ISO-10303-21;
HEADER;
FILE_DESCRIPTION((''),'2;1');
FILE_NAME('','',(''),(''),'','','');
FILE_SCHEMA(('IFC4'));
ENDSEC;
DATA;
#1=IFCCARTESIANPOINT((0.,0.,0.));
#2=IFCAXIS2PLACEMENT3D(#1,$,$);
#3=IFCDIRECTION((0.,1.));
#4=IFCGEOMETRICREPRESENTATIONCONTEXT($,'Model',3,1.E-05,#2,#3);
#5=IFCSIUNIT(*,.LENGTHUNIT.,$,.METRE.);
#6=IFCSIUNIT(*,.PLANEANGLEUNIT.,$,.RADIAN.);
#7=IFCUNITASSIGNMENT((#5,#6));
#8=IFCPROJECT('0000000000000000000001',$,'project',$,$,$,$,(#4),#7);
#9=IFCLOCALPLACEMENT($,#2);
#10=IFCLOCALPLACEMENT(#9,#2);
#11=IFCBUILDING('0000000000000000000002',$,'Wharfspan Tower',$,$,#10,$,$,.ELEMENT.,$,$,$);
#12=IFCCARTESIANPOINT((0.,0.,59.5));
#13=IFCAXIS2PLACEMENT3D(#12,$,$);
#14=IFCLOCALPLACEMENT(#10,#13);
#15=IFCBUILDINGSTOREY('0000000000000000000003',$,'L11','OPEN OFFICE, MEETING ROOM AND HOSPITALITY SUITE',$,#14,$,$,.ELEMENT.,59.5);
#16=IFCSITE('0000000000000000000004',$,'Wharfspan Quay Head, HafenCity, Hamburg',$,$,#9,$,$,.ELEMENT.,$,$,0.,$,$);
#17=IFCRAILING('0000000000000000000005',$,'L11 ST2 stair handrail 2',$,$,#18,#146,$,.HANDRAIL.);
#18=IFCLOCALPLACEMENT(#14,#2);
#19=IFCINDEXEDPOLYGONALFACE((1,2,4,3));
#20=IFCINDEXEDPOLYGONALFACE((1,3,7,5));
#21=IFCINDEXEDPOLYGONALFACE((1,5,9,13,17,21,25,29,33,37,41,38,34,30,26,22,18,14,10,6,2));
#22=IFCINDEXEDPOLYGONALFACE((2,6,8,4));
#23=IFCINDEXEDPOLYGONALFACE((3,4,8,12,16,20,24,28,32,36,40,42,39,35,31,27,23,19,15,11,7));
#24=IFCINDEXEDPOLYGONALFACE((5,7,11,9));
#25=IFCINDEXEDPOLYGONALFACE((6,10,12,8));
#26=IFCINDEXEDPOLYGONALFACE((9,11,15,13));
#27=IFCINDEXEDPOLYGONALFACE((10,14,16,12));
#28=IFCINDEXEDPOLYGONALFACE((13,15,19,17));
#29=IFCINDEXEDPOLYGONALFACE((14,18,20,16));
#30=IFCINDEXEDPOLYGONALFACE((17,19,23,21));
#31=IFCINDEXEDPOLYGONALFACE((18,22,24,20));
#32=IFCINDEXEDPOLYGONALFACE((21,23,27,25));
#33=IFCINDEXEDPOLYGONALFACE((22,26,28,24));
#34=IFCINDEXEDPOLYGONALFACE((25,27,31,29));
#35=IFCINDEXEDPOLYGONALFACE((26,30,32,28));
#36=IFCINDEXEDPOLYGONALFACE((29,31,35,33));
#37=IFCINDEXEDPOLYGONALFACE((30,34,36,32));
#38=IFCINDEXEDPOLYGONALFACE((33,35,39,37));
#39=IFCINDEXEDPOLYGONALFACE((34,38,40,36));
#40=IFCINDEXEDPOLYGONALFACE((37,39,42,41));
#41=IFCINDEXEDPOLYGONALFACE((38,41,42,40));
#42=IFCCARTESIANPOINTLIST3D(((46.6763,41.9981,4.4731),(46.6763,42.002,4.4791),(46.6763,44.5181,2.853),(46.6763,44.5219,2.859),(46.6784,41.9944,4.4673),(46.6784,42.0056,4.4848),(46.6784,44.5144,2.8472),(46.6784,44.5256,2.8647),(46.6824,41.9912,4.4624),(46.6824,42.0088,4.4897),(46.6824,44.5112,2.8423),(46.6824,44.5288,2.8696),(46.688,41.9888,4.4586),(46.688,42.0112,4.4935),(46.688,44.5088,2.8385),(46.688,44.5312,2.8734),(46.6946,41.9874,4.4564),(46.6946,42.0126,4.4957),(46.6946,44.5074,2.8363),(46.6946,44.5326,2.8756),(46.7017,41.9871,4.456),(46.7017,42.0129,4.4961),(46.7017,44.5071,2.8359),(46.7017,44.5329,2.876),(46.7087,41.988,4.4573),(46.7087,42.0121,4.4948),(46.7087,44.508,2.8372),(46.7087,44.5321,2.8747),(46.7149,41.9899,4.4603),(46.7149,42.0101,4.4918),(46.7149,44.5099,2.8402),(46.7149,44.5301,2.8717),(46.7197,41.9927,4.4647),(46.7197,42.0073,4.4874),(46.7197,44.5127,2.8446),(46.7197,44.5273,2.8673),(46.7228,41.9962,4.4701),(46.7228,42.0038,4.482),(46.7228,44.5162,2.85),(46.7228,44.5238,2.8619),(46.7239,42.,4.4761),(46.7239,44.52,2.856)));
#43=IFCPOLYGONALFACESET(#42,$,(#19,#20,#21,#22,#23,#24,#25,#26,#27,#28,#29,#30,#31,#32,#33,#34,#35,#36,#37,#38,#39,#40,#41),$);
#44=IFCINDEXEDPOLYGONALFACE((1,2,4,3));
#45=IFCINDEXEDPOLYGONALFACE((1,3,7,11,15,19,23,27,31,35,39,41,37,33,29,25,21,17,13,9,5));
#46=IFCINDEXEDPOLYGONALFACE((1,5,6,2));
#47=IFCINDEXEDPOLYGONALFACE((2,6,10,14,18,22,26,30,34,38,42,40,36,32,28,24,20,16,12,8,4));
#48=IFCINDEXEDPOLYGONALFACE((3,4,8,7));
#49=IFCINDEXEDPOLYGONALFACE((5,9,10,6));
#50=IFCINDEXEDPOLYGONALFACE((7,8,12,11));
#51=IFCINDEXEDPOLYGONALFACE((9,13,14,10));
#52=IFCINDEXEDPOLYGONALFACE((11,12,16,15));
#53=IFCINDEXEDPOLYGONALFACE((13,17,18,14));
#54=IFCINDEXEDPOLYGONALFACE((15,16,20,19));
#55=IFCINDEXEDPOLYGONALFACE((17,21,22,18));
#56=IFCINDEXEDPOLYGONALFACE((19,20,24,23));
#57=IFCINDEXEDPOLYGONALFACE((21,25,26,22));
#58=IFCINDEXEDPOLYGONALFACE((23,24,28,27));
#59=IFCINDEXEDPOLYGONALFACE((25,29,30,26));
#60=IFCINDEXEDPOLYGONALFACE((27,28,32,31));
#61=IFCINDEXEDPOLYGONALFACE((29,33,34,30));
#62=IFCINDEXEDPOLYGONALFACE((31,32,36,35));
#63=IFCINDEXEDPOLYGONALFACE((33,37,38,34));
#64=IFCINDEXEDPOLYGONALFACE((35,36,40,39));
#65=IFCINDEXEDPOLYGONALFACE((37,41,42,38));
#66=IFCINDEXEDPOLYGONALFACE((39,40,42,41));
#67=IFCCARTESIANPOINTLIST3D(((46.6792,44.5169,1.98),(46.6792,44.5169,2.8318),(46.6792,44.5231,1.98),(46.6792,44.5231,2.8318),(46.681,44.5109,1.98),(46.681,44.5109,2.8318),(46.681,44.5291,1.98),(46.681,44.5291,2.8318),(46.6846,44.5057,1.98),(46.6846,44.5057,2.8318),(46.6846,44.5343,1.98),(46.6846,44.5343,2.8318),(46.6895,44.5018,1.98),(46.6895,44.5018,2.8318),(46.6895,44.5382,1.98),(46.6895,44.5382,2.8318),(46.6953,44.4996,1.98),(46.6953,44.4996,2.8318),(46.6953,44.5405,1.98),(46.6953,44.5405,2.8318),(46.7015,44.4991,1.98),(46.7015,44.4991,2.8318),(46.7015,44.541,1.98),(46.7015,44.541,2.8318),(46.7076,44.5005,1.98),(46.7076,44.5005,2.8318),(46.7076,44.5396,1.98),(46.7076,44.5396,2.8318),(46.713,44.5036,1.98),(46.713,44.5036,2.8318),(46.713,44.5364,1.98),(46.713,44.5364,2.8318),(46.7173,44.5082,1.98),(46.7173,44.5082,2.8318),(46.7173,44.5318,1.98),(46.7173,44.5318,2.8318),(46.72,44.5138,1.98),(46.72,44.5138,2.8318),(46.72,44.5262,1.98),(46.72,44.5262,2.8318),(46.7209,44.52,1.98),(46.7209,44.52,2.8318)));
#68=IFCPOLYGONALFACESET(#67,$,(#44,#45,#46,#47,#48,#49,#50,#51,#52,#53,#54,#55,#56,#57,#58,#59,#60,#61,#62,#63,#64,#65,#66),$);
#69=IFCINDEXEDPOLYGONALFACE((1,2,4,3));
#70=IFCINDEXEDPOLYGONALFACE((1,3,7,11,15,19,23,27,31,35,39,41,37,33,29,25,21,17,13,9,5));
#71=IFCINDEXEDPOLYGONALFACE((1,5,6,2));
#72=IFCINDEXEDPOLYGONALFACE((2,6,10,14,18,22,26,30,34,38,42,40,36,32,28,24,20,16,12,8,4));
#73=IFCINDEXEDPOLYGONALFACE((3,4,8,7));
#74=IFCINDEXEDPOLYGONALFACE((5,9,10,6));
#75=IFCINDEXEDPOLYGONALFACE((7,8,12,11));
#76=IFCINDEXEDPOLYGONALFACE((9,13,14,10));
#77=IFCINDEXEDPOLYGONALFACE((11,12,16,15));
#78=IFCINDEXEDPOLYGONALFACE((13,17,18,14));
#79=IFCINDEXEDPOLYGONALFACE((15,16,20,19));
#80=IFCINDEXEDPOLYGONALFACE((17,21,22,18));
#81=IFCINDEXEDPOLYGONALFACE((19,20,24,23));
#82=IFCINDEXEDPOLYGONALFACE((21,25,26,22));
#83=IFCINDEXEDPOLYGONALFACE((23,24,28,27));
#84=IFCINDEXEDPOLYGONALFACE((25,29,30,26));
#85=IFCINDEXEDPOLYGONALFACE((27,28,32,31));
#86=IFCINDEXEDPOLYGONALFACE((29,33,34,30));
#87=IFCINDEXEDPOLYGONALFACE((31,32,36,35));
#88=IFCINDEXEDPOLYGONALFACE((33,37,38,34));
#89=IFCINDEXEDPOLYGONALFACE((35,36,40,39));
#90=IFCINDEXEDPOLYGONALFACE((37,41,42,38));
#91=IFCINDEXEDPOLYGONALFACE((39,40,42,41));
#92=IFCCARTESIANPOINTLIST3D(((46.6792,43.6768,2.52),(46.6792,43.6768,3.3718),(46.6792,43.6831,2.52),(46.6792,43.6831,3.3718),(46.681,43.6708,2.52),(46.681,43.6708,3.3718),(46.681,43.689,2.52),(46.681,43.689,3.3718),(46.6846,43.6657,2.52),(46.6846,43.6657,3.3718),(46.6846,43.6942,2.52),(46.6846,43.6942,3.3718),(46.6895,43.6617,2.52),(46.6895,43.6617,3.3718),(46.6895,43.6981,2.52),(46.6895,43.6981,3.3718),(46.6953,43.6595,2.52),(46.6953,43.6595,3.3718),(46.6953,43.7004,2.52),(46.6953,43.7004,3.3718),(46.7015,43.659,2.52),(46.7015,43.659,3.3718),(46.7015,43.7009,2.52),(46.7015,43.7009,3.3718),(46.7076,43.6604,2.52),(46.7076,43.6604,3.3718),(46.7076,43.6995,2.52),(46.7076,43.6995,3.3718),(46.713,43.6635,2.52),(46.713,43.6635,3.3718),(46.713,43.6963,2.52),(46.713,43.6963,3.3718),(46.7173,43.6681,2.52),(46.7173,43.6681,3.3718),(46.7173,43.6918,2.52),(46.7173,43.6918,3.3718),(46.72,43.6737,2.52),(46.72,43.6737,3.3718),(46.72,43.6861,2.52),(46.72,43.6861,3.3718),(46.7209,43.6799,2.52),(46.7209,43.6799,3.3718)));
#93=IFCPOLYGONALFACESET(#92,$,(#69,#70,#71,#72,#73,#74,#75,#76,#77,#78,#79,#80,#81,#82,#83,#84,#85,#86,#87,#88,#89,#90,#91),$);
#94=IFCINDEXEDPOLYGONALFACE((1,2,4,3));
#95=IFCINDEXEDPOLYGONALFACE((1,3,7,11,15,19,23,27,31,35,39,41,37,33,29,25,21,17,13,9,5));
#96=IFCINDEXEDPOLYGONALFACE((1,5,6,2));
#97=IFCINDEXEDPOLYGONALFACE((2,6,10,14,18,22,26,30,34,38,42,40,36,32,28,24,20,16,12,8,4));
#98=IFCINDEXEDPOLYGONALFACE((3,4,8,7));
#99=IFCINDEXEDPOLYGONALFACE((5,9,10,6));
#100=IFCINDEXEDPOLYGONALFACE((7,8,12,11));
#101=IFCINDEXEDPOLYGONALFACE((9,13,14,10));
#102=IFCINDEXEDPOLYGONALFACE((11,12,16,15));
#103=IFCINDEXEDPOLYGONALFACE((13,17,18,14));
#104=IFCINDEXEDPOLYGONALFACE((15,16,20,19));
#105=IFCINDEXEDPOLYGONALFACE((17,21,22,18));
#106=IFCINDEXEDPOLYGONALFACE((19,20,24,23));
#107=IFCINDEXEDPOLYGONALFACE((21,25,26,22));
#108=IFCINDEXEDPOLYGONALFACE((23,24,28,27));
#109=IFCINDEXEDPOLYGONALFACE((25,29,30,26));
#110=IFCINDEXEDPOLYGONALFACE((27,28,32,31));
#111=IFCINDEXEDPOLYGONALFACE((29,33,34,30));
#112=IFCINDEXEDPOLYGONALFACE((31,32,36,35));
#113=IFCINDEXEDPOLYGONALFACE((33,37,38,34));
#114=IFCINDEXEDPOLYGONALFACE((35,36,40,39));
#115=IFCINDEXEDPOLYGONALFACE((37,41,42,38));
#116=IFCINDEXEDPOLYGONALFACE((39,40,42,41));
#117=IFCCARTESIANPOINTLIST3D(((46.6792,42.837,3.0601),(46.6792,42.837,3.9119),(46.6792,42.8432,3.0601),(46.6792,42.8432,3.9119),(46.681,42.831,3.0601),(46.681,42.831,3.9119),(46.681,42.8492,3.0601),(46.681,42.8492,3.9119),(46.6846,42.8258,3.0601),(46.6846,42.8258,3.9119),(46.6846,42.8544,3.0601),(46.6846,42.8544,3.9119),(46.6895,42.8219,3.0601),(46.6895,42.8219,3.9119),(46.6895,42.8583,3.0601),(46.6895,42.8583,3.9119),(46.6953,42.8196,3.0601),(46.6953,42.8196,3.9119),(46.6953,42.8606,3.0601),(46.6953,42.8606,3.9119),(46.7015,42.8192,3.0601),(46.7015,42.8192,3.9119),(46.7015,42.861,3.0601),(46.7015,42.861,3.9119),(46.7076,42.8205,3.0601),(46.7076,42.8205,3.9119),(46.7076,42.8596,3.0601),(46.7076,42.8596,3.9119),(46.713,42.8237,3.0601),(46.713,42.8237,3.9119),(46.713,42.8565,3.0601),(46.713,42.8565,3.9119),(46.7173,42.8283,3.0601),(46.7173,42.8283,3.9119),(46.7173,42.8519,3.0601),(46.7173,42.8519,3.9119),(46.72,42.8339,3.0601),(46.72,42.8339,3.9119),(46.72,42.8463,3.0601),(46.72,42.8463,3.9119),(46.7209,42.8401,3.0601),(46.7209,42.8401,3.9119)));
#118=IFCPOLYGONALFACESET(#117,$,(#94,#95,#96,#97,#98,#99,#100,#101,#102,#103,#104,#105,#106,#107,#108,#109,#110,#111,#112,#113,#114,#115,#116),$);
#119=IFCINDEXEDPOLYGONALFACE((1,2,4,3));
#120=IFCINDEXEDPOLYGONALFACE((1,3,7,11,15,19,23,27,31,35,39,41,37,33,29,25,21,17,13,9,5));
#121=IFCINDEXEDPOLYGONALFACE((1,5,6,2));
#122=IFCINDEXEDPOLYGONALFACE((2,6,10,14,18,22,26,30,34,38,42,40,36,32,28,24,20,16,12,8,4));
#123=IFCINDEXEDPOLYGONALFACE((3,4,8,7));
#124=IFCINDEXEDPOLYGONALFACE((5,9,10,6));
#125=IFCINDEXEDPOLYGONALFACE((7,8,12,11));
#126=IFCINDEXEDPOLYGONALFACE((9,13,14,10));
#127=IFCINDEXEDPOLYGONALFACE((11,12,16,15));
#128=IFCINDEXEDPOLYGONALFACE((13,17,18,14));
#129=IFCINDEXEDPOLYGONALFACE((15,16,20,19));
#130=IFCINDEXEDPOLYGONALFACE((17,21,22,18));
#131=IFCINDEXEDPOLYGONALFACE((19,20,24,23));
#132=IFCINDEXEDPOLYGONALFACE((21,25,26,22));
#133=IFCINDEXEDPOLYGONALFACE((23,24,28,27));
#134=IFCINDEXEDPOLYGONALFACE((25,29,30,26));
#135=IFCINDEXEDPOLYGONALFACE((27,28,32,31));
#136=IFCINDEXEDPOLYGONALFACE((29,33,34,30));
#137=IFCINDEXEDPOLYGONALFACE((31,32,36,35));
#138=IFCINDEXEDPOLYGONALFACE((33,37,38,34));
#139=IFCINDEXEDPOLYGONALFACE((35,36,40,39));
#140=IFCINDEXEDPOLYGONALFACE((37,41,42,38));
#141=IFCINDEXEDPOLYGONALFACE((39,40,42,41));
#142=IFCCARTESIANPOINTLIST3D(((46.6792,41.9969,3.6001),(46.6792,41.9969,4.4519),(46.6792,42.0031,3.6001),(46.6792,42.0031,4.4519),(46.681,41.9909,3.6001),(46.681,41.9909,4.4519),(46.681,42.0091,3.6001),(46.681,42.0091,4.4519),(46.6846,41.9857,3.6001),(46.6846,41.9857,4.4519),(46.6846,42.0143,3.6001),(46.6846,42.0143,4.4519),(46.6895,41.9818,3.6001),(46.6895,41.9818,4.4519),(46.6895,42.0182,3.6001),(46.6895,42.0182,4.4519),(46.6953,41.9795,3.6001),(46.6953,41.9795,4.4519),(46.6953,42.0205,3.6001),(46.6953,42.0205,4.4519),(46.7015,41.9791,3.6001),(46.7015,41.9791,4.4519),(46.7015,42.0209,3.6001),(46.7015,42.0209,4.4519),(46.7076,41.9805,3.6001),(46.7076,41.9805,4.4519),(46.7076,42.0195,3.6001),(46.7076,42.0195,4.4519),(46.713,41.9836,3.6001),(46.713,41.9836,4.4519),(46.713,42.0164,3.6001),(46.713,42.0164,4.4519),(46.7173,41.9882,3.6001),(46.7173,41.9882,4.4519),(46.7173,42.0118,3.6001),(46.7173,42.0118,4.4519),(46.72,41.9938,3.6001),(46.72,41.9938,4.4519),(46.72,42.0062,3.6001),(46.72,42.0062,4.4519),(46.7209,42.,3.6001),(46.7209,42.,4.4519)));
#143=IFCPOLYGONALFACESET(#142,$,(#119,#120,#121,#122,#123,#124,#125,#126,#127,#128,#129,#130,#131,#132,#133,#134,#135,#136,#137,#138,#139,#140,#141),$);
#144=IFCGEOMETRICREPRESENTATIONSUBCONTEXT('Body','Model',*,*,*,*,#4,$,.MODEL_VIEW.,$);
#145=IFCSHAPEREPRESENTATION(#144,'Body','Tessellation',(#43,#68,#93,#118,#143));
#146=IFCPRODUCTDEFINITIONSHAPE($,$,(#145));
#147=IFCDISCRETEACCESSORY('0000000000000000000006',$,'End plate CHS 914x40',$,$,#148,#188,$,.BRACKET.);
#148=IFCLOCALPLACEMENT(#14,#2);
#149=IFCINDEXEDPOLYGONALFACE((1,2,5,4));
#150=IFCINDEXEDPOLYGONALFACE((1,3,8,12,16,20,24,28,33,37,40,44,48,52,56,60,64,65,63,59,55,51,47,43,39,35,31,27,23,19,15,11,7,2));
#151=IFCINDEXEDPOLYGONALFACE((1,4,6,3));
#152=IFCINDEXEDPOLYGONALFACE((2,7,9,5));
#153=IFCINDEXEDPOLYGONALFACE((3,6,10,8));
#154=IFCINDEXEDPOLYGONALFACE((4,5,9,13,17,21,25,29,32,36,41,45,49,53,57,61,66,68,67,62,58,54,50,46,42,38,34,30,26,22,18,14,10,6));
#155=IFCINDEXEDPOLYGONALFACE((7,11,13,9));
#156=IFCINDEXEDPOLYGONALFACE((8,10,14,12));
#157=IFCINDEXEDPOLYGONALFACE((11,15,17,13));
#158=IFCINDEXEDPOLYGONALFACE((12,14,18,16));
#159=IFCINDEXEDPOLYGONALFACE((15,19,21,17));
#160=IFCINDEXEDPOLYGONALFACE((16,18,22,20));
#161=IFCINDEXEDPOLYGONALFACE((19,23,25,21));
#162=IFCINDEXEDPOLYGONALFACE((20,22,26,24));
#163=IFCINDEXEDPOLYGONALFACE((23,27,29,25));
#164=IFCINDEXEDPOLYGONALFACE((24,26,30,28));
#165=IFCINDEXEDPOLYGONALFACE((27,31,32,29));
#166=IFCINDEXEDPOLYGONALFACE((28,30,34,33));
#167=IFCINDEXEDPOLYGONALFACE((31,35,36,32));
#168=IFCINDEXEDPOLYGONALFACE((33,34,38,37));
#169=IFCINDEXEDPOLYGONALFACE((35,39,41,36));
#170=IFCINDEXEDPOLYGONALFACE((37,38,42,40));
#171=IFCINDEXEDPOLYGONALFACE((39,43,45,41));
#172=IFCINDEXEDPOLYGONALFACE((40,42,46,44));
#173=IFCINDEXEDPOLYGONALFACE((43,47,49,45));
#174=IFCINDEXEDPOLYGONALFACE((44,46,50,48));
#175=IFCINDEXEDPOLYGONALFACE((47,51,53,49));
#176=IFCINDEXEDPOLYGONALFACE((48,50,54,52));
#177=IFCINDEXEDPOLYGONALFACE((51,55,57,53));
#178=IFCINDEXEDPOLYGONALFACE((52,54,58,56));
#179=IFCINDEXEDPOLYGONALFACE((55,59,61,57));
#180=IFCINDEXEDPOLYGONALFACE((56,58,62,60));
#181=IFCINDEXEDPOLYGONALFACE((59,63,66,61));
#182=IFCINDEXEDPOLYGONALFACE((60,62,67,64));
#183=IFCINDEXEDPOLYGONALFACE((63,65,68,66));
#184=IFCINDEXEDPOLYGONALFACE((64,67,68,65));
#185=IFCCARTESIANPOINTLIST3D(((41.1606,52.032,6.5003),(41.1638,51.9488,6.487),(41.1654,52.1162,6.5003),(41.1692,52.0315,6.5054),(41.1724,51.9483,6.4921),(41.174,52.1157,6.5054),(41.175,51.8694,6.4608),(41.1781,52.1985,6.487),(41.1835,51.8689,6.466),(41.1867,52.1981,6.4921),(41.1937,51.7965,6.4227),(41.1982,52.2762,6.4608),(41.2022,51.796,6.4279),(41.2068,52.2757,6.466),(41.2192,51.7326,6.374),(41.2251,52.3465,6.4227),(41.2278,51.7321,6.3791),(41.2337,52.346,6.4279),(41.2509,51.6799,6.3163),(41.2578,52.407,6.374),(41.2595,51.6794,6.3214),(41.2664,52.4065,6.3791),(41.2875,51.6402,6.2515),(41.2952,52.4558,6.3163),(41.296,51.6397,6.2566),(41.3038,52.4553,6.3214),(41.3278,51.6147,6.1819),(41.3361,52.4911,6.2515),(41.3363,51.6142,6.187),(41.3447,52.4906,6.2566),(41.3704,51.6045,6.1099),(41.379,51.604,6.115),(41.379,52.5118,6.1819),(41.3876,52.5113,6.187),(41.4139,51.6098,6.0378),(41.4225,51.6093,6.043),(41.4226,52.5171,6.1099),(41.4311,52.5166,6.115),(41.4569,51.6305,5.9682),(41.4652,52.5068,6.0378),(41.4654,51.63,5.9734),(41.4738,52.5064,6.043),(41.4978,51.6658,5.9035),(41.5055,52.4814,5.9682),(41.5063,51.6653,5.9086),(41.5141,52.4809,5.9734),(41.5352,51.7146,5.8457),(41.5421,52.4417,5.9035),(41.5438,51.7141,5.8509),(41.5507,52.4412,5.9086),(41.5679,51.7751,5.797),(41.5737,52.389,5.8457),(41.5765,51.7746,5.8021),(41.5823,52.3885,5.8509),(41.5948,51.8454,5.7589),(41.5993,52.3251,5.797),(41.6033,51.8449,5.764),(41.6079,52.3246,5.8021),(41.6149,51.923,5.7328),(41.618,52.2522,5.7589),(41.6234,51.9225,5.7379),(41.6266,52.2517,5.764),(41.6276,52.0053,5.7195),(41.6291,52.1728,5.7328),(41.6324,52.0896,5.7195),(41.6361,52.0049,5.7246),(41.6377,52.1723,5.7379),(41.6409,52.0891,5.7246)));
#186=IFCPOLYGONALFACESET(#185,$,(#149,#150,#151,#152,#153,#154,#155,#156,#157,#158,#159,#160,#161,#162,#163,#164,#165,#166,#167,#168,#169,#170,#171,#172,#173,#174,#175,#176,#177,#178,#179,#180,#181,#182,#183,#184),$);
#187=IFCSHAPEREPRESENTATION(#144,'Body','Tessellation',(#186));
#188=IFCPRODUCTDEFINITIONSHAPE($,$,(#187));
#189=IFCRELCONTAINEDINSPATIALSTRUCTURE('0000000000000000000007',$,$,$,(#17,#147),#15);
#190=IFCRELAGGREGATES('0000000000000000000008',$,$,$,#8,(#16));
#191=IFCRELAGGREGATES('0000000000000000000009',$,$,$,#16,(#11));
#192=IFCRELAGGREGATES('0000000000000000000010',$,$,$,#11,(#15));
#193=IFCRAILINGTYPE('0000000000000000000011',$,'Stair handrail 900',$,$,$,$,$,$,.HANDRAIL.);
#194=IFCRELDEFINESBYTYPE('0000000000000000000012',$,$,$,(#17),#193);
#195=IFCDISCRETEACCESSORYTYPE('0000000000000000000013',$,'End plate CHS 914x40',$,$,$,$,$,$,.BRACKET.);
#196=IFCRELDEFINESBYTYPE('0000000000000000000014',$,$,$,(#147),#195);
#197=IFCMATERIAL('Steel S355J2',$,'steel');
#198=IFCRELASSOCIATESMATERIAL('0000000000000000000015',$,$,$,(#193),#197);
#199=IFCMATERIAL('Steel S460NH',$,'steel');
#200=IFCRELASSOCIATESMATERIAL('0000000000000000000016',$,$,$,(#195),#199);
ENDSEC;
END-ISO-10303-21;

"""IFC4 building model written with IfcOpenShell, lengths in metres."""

from ifc_helpers import new_model, si_unit, direction, frame, origin, origin_2d, place, context, subcontext, project, spatial, circle, extrude, material, material_profile, profile_set, type_object, element, save


model = new_model("IFC4")

# Units and contexts
model_context = context("Model", 3, precision=1e-05, world=origin(), true_north=direction((0.0, 1.0)))
body_context = subcontext(model_context, "Body", "Model", "MODEL_VIEW")
ifc_project = project(units=[si_unit("LENGTHUNIT", "METRE"), si_unit("PLANEANGLEUNIT", "RADIAN")], contexts=[model_context])

# Site, building, storey
site_placement = place(None, origin())
site = spatial("IfcSite", under=ifc_project, at=site_placement, Name="Wharfspan Quay Head, HafenCity, Hamburg", CompositionType="ELEMENT", RefElevation=0.0)
building_placement = place(site_placement, origin())
building = spatial("IfcBuilding", under=site, at=building_placement, Name="Wharfspan Tower", CompositionType="ELEMENT")
storey_placement = place(building_placement, frame((0.0, 0.0, 59.5)))
storey = spatial("IfcBuildingStorey", under=building, at=storey_placement, Name="L11", Description="OPEN OFFICE, MEETING ROOM AND HOSPITALITY SUITE", CompositionType="ELEMENT", Elevation=59.5)

# Shared definitions
ifc_material_1 = material(Name="Steel S355J2", Category="steel")

# Shared definitions
ifc_material_2 = material(Name="Steel S460NH", Category="steel")

# Railing
railing_type_1 = type_object("IfcRailingType", Name="Stair handrail 900", PredefinedType="HANDRAIL", material=ifc_material_1)
railing_1_placement = place(storey_placement, frame((46.7, 44.52, 1.98)))
element("IfcRailing", 1, at=railing_1_placement, inside=storey, type_object=railing_type_1, Name="L11 ST2 stair handrail 2", PredefinedType="HANDRAIL", context=body_context, shape_type="SweptSolid", body=[
    extrude(circle(Radius=0.0239, at=origin_2d()), frame((0.0, 0.0, 0.876), z_axis=(0.0, -0.841163, 0.540782), x_axis=(1.0, 0.0, 0.0)), (0.0, 0.0, 1.0), 2.9958),
    extrude(circle(Radius=0.021, at=origin_2d()), origin(), (0.0, 0.0, 1.0), 0.8518),
    extrude(circle(Radius=0.021, at=origin_2d()), frame((0.0, -0.8401, 0.54)), (0.0, 0.0, 1.0), 0.8518),
    extrude(circle(Radius=0.021, at=origin_2d()), frame((0.0, -1.6799, 1.0801)), (0.0, 0.0, 1.0), 0.8518),
    extrude(circle(Radius=0.021, at=origin_2d()), frame((0.0, -2.52, 1.6201)), (0.0, 0.0, 1.0), 0.8518),
])

# Discrete accessory
ifc_material_profile_1 = material_profile(ifc_material_2, circle(Radius=0.457, at=origin_2d()))
ifc_profile_set_1 = profile_set([ifc_material_profile_1], Name="Steel S460NH")
discrete_accessory_type = type_object("IfcDiscreteAccessoryType", Name="End plate CHS 914x40", PredefinedType="BRACKET", material=ifc_profile_set_1)
for number, where, z_axis, x_axis, name in (
    (2, (41.3965, 52.0608, 6.1099), (0.856465, -0.048941, 0.513879), (0.05705, 0.998372, 0.0), "End plate CHS 914x40"),
):
    element("IfcDiscreteAccessory", number, at=place(storey_placement, frame(where, z_axis=z_axis, x_axis=x_axis)), inside=storey, type_object=discrete_accessory_type, Name=name, PredefinedType="BRACKET", context=body_context, shape_type="SweptSolid", body=[
        extrude(circle(Radius=0.457, at=origin_2d()), origin(), (0.0, 0.0, 1.0), 0.01),
    ])

save(model, "model.ifc")
